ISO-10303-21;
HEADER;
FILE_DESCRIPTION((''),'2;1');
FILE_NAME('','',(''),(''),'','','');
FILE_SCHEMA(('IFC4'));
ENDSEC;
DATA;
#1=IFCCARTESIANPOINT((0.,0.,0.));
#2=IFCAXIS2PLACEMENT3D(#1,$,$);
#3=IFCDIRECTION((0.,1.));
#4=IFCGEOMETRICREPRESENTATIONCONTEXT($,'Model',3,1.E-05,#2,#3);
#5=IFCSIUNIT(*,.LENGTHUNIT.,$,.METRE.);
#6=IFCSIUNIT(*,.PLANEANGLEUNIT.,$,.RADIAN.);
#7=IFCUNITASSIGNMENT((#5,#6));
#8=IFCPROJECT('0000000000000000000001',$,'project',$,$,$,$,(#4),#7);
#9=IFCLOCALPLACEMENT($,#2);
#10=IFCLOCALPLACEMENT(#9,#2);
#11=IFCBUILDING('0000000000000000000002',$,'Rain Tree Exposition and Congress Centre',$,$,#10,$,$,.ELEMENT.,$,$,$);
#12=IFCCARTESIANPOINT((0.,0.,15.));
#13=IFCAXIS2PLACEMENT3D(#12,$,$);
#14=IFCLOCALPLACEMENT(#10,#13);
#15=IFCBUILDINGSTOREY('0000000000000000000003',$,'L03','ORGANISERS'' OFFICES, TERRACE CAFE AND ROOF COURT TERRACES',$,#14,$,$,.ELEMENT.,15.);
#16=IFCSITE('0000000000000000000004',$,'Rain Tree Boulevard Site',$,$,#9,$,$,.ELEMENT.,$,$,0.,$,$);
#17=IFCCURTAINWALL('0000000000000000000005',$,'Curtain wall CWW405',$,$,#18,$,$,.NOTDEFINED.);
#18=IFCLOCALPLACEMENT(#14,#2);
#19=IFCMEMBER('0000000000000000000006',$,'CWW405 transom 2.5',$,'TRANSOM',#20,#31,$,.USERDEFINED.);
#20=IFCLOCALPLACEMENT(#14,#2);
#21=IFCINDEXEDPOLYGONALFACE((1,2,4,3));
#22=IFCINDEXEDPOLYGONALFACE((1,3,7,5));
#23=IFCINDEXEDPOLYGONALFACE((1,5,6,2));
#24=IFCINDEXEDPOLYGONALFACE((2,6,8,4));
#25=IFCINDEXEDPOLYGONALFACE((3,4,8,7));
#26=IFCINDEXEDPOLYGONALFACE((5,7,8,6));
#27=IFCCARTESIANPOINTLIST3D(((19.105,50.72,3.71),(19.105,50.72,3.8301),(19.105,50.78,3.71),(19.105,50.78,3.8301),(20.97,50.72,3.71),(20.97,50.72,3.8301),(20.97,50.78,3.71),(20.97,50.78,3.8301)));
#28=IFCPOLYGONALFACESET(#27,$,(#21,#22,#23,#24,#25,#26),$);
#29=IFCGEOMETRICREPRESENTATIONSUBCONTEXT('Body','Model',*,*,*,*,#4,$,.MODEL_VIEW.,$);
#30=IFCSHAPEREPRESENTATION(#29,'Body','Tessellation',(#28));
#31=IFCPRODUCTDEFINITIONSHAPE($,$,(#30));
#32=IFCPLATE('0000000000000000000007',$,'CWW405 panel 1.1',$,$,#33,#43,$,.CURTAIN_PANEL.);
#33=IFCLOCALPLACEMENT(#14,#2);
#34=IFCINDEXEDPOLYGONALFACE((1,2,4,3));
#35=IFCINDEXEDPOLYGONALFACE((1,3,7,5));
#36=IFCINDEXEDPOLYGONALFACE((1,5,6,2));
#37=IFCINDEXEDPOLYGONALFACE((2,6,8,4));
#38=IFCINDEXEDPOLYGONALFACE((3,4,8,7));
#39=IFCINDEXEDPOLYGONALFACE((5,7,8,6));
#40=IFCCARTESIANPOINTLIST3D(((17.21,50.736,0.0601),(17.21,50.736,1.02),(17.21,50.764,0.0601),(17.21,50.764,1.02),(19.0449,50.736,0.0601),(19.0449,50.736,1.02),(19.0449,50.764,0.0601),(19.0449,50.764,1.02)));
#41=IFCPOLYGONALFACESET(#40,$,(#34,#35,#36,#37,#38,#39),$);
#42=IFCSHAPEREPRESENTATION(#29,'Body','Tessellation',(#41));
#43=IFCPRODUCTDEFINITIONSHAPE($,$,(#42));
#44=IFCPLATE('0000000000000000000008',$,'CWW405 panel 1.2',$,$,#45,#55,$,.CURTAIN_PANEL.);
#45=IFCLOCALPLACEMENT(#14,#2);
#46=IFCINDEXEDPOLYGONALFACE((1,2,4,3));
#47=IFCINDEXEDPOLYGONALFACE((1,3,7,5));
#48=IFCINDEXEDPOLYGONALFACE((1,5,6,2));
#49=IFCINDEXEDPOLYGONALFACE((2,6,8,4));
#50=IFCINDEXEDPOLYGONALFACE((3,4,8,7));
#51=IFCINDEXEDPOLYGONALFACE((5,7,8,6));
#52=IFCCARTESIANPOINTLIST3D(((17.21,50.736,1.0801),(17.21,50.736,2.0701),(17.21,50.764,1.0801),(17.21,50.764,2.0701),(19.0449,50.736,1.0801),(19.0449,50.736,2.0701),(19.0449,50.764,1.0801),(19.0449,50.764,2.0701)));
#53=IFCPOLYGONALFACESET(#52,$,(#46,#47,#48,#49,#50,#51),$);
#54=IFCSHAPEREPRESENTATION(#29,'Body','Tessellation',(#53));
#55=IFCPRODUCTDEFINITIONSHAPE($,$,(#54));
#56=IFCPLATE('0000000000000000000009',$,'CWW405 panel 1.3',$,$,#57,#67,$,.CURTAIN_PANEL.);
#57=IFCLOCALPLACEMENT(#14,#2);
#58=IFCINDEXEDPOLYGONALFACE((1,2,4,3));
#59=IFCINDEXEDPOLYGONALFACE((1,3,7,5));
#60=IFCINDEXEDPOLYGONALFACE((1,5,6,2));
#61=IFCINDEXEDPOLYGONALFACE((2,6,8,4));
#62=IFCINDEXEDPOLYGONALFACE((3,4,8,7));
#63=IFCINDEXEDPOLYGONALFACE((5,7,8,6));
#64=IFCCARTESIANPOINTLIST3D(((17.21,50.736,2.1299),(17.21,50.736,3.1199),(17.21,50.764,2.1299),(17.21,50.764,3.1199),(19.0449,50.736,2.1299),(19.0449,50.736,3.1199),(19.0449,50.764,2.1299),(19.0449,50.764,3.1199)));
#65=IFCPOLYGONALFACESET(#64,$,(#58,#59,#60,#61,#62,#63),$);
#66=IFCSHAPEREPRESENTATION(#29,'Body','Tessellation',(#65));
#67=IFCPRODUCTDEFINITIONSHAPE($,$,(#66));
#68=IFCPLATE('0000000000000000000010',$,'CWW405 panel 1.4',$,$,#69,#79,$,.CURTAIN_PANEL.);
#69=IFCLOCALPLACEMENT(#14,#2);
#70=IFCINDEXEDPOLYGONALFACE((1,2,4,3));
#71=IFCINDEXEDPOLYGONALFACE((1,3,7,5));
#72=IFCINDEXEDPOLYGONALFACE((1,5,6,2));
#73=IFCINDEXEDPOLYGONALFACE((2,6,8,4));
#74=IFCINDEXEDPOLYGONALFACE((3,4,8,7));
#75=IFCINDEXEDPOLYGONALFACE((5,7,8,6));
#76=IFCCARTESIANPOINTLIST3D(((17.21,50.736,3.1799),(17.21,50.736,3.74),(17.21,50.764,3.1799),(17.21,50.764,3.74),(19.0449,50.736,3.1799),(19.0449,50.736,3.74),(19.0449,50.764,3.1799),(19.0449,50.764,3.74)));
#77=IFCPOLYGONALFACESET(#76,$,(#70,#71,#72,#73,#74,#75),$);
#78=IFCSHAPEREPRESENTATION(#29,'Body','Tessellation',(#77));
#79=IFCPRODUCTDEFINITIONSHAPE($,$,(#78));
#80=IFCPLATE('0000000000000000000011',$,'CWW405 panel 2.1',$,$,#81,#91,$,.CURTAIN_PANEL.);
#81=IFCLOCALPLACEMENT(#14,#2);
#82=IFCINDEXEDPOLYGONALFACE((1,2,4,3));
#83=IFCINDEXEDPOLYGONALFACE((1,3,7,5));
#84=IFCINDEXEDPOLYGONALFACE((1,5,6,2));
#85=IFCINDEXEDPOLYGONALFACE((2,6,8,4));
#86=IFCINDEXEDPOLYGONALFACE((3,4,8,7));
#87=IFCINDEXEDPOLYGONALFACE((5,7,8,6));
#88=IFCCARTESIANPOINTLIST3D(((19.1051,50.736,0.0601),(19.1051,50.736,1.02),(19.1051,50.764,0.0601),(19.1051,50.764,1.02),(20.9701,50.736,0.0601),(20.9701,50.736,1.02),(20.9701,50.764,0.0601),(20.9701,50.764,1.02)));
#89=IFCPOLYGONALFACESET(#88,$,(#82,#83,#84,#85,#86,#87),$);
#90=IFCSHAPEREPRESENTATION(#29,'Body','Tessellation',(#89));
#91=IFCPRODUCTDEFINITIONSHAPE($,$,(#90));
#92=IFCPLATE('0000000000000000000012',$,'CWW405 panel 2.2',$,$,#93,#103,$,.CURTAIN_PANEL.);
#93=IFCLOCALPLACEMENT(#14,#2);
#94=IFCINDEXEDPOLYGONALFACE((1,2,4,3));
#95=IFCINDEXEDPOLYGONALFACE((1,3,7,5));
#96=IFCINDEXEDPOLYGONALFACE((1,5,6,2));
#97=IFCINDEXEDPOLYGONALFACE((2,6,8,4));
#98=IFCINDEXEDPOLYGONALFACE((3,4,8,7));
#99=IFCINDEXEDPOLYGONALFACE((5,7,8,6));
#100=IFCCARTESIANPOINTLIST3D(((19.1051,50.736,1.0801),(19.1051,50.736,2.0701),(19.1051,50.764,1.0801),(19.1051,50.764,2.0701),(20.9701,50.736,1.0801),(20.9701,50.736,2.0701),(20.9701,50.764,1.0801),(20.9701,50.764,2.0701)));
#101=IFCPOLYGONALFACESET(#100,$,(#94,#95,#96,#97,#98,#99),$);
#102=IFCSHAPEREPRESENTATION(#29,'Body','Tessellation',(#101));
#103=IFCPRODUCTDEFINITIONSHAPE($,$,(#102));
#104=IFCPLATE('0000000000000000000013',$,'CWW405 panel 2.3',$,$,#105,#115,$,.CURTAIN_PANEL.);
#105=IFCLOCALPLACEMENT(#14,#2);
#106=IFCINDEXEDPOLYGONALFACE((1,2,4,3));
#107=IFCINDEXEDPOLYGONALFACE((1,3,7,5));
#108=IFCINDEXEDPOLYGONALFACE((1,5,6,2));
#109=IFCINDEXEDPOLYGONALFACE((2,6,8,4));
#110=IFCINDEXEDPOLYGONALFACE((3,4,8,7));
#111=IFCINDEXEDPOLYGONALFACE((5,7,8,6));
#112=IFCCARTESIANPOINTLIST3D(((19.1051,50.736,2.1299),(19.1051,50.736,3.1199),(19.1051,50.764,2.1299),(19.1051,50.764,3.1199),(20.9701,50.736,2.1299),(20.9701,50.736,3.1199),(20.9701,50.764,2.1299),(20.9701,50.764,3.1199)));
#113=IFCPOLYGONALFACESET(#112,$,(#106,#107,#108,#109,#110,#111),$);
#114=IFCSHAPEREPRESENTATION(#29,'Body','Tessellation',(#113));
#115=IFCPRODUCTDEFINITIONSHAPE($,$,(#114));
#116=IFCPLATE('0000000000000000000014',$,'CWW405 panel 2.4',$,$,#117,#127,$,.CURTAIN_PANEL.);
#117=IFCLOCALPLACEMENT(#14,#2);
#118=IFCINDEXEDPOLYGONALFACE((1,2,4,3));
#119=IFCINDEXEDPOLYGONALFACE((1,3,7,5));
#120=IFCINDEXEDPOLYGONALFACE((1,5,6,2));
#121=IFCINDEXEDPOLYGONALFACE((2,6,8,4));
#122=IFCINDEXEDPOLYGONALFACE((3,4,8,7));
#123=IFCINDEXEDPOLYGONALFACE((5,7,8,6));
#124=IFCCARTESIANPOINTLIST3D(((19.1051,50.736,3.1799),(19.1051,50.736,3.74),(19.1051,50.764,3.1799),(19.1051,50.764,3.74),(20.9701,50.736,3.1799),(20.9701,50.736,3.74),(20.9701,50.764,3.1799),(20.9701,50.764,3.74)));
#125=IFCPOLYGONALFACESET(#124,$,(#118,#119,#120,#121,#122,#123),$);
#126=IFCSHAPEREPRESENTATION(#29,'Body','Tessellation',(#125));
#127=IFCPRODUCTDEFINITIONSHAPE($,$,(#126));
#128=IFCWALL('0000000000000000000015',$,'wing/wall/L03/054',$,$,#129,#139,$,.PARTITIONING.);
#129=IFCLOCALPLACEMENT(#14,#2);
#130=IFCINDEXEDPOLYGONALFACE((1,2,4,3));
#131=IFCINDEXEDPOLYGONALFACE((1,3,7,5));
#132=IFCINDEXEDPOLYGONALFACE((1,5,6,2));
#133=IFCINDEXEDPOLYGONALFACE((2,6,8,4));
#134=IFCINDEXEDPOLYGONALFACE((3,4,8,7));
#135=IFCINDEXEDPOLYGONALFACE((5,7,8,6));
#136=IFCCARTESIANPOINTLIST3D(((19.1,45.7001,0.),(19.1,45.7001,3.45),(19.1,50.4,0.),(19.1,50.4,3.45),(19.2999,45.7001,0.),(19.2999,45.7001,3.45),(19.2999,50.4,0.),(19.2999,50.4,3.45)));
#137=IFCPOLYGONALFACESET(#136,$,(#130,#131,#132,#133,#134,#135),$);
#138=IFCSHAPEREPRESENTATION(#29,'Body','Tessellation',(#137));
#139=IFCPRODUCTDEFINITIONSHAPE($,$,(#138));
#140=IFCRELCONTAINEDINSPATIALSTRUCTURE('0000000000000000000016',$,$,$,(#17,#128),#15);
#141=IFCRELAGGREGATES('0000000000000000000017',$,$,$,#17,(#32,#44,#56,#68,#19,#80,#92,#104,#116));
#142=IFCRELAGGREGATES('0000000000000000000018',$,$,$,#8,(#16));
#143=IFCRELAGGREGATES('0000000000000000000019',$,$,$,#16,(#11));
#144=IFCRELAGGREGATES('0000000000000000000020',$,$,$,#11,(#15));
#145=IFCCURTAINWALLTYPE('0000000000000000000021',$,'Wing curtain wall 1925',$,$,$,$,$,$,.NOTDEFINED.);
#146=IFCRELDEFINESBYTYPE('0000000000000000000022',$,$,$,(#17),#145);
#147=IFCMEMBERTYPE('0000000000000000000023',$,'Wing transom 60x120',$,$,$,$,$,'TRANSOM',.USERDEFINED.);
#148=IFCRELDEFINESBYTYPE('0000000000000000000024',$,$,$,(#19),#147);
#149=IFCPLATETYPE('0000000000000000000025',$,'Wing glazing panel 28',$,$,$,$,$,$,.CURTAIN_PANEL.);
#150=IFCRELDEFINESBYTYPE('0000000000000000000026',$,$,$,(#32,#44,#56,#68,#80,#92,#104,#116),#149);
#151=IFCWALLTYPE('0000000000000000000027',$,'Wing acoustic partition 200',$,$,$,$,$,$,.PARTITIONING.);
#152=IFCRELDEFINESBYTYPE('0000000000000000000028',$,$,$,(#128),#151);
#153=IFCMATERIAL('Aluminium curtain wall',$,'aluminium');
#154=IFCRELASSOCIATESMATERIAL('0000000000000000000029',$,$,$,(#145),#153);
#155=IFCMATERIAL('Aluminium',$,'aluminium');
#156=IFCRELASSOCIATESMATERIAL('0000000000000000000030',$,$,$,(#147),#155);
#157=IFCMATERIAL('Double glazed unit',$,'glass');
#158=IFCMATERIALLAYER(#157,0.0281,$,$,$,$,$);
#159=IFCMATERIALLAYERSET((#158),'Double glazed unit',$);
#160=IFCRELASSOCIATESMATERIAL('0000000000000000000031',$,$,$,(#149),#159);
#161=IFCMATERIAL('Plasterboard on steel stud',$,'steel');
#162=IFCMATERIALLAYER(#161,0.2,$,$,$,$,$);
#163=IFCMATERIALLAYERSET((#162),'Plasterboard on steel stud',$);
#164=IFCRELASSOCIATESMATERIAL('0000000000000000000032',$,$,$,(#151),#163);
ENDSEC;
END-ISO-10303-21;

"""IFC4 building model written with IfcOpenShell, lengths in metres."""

from ifc_helpers import new_model, si_unit, direction, frame, frame_2d, origin, origin_2d, place, context, subcontext, project, spatial, rectangle, extrude, material, layer, layer_set, material_profile, profile_set, type_object, element, aggregate, save


model = new_model("IFC4")

# Units and contexts
model_context = context("Model", 3, precision=1e-05, world=origin(), true_north=direction((0.0, 1.0)))
body_context = subcontext(model_context, "Body", "Model", "MODEL_VIEW")
ifc_project = project(units=[si_unit("LENGTHUNIT", "METRE"), si_unit("PLANEANGLEUNIT", "RADIAN")], contexts=[model_context])

# Site, building, storey
site_placement = place(None, origin())
site = spatial("IfcSite", under=ifc_project, at=site_placement, Name="Rain Tree Boulevard Site", CompositionType="ELEMENT", RefElevation=0.0)
building_placement = place(site_placement, origin())
building = spatial("IfcBuilding", under=site, at=building_placement, Name="Rain Tree Exposition and Congress Centre", CompositionType="ELEMENT")
storey_placement = place(building_placement, frame((0.0, 0.0, 15.0)))
storey = spatial("IfcBuildingStorey", under=building, at=storey_placement, Name="L03", Description="ORGANISERS' OFFICES, TERRACE CAFE AND ROOF COURT TERRACES", CompositionType="ELEMENT", Elevation=15.0)

# Curtain wall, member, plates
ifc_material_1 = material(Name="Aluminium curtain wall", Category="aluminium")
curtain_wall_type = type_object("IfcCurtainWallType", Name="Wing curtain wall 1925", PredefinedType="NOTDEFINED", material=ifc_material_1)
curtain_wall_placement = place(storey_placement, origin())
curtain_wall = element("IfcCurtainWall", 1, at=curtain_wall_placement, inside=storey, type_object=curtain_wall_type, Name="Curtain wall CWW405", PredefinedType="NOTDEFINED")
ifc_material_2 = material(Name="Aluminium", Category="aluminium")
ifc_material_profile_1 = material_profile(ifc_material_2, rectangle(XDim=0.0601, YDim=0.1201, at=origin_2d()), Name="Aluminium 60x120")
ifc_profile_set_1 = profile_set([ifc_material_profile_1], Name="Aluminium")
member_type_1 = type_object("IfcMemberType", Name="Wing transom 60x120", ElementType="TRANSOM", PredefinedType="USERDEFINED", material=ifc_profile_set_1)
member_1_placement = place(storey_placement, frame((19.105, 50.75, 3.77), z_axis=(1.0, 0.0, 0.0), x_axis=(0.0, 1.0, 0.0)))
member_1 = element("IfcMember", 2, at=member_1_placement, type_object=member_type_1, Name="CWW405 transom 2.5", ObjectType="TRANSOM", PredefinedType="USERDEFINED", context=body_context, shape_type="SweptSolid", body=[
    extrude(rectangle(XDim=0.0601, YDim=0.1201, at=origin_2d()), origin(), (0.0, 0.0, 1.0), 1.865),
])
ifc_material_3 = material(Name="Double glazed unit", Category="glass")
ifc_layer_1 = layer(ifc_material_3, 0.0281)
ifc_layer_set_1 = layer_set([ifc_layer_1], Name="Double glazed unit")
plate_type = type_object("IfcPlateType", Name="Wing glazing panel 28", PredefinedType="CURTAIN_PANEL", material=ifc_layer_set_1)
plate_1_placement = place(storey_placement, frame((18.1274, 50.75, 0.0601), z_axis=(0.0, 0.0, 1.0), x_axis=(1.0, 0.0, 0.0)))
plate_1 = element("IfcPlate", 3, at=plate_1_placement, type_object=plate_type, Name="CWW405 panel 1.1", PredefinedType="CURTAIN_PANEL", context=body_context, shape_type="SweptSolid", body=[
    extrude(rectangle(XDim=1.835, YDim=0.0281, at=origin_2d()), origin(), (0.0, 0.0, 1.0), 0.96),
])
plate_2_placement = place(storey_placement, frame((18.1274, 50.75, 1.0801), z_axis=(0.0, 0.0, 1.0), x_axis=(1.0, 0.0, 0.0)))
plate_2 = element("IfcPlate", 4, at=plate_2_placement, type_object=plate_type, Name="CWW405 panel 1.2", PredefinedType="CURTAIN_PANEL", context=body_context, shape_type="SweptSolid", body=[
    extrude(rectangle(XDim=1.835, YDim=0.0281, at=origin_2d()), origin(), (0.0, 0.0, 1.0), 0.99),
])
plate_3_placement = place(storey_placement, frame((18.1274, 50.75, 2.1299), z_axis=(0.0, 0.0, 1.0), x_axis=(1.0, 0.0, 0.0)))
plate_3 = element("IfcPlate", 5, at=plate_3_placement, type_object=plate_type, Name="CWW405 panel 1.3", PredefinedType="CURTAIN_PANEL", context=body_context, shape_type="SweptSolid", body=[
    extrude(rectangle(XDim=1.835, YDim=0.0281, at=origin_2d()), origin(), (0.0, 0.0, 1.0), 0.99),
])
plate_4_placement = place(storey_placement, frame((18.1274, 50.75, 3.1799), z_axis=(0.0, 0.0, 1.0), x_axis=(1.0, 0.0, 0.0)))
plate_4 = element("IfcPlate", 6, at=plate_4_placement, type_object=plate_type, Name="CWW405 panel 1.4", PredefinedType="CURTAIN_PANEL", context=body_context, shape_type="SweptSolid", body=[
    extrude(rectangle(XDim=1.835, YDim=0.0281, at=origin_2d()), origin(), (0.0, 0.0, 1.0), 0.5601),
])
plate_5_placement = place(storey_placement, frame((20.0376, 50.75, 0.0601), z_axis=(0.0, 0.0, 1.0), x_axis=(1.0, 0.0, 0.0)))
plate_5 = element("IfcPlate", 7, at=plate_5_placement, type_object=plate_type, Name="CWW405 panel 2.1", PredefinedType="CURTAIN_PANEL", context=body_context, shape_type="SweptSolid", body=[
    extrude(rectangle(XDim=1.865, YDim=0.0281, at=origin_2d()), origin(), (0.0, 0.0, 1.0), 0.96),
])
plate_6_placement = place(storey_placement, frame((20.0376, 50.75, 1.0801), z_axis=(0.0, 0.0, 1.0), x_axis=(1.0, 0.0, 0.0)))
plate_6 = element("IfcPlate", 8, at=plate_6_placement, type_object=plate_type, Name="CWW405 panel 2.2", PredefinedType="CURTAIN_PANEL", context=body_context, shape_type="SweptSolid", body=[
    extrude(rectangle(XDim=1.865, YDim=0.0281, at=origin_2d()), origin(), (0.0, 0.0, 1.0), 0.99),
])
plate_7_placement = place(storey_placement, frame((20.0376, 50.75, 2.1299), z_axis=(0.0, 0.0, 1.0), x_axis=(1.0, 0.0, 0.0)))
plate_7 = element("IfcPlate", 9, at=plate_7_placement, type_object=plate_type, Name="CWW405 panel 2.3", PredefinedType="CURTAIN_PANEL", context=body_context, shape_type="SweptSolid", body=[
    extrude(rectangle(XDim=1.865, YDim=0.0281, at=origin_2d()), origin(), (0.0, 0.0, 1.0), 0.99),
])
plate_8_placement = place(storey_placement, frame((20.0376, 50.75, 3.1799), z_axis=(0.0, 0.0, 1.0), x_axis=(1.0, 0.0, 0.0)))
plate_8 = element("IfcPlate", 10, at=plate_8_placement, type_object=plate_type, Name="CWW405 panel 2.4", PredefinedType="CURTAIN_PANEL", context=body_context, shape_type="SweptSolid", body=[
    extrude(rectangle(XDim=1.865, YDim=0.0281, at=origin_2d()), origin(), (0.0, 0.0, 1.0), 0.5601),
])
aggregate(curtain_wall, [plate_1, plate_2, plate_3, plate_4, member_1, plate_5, plate_6, plate_7, plate_8])

# Shared definitions
ifc_material_4 = material(Name="Plasterboard on steel stud", Category="steel")
ifc_layer_2 = layer(ifc_material_4, 0.2)
ifc_layer_set_2 = layer_set([ifc_layer_2], Name="Plasterboard on steel stud")
wall_type = type_object("IfcWallType", Name="Wing acoustic partition 200", PredefinedType="PARTITIONING", material=ifc_layer_set_2)

# Wall
wall_1_placement = place(storey_placement, frame((19.2, 45.7, 0.0), z_axis=(0.0, 0.0, 1.0), x_axis=(0.0, 1.0, 0.0)))
element("IfcWall", 11, at=wall_1_placement, inside=storey, type_object=wall_type, Name="wing/wall/L03/054", PredefinedType="PARTITIONING", context=body_context, shape_type="SweptSolid", body=[
    extrude(rectangle(XDim=4.7, YDim=0.2, at=frame_2d((2.3501, 0.0))), origin(), (0.0, 0.0, 1.0), 3.45),
])

save(model, "model.ifc")
